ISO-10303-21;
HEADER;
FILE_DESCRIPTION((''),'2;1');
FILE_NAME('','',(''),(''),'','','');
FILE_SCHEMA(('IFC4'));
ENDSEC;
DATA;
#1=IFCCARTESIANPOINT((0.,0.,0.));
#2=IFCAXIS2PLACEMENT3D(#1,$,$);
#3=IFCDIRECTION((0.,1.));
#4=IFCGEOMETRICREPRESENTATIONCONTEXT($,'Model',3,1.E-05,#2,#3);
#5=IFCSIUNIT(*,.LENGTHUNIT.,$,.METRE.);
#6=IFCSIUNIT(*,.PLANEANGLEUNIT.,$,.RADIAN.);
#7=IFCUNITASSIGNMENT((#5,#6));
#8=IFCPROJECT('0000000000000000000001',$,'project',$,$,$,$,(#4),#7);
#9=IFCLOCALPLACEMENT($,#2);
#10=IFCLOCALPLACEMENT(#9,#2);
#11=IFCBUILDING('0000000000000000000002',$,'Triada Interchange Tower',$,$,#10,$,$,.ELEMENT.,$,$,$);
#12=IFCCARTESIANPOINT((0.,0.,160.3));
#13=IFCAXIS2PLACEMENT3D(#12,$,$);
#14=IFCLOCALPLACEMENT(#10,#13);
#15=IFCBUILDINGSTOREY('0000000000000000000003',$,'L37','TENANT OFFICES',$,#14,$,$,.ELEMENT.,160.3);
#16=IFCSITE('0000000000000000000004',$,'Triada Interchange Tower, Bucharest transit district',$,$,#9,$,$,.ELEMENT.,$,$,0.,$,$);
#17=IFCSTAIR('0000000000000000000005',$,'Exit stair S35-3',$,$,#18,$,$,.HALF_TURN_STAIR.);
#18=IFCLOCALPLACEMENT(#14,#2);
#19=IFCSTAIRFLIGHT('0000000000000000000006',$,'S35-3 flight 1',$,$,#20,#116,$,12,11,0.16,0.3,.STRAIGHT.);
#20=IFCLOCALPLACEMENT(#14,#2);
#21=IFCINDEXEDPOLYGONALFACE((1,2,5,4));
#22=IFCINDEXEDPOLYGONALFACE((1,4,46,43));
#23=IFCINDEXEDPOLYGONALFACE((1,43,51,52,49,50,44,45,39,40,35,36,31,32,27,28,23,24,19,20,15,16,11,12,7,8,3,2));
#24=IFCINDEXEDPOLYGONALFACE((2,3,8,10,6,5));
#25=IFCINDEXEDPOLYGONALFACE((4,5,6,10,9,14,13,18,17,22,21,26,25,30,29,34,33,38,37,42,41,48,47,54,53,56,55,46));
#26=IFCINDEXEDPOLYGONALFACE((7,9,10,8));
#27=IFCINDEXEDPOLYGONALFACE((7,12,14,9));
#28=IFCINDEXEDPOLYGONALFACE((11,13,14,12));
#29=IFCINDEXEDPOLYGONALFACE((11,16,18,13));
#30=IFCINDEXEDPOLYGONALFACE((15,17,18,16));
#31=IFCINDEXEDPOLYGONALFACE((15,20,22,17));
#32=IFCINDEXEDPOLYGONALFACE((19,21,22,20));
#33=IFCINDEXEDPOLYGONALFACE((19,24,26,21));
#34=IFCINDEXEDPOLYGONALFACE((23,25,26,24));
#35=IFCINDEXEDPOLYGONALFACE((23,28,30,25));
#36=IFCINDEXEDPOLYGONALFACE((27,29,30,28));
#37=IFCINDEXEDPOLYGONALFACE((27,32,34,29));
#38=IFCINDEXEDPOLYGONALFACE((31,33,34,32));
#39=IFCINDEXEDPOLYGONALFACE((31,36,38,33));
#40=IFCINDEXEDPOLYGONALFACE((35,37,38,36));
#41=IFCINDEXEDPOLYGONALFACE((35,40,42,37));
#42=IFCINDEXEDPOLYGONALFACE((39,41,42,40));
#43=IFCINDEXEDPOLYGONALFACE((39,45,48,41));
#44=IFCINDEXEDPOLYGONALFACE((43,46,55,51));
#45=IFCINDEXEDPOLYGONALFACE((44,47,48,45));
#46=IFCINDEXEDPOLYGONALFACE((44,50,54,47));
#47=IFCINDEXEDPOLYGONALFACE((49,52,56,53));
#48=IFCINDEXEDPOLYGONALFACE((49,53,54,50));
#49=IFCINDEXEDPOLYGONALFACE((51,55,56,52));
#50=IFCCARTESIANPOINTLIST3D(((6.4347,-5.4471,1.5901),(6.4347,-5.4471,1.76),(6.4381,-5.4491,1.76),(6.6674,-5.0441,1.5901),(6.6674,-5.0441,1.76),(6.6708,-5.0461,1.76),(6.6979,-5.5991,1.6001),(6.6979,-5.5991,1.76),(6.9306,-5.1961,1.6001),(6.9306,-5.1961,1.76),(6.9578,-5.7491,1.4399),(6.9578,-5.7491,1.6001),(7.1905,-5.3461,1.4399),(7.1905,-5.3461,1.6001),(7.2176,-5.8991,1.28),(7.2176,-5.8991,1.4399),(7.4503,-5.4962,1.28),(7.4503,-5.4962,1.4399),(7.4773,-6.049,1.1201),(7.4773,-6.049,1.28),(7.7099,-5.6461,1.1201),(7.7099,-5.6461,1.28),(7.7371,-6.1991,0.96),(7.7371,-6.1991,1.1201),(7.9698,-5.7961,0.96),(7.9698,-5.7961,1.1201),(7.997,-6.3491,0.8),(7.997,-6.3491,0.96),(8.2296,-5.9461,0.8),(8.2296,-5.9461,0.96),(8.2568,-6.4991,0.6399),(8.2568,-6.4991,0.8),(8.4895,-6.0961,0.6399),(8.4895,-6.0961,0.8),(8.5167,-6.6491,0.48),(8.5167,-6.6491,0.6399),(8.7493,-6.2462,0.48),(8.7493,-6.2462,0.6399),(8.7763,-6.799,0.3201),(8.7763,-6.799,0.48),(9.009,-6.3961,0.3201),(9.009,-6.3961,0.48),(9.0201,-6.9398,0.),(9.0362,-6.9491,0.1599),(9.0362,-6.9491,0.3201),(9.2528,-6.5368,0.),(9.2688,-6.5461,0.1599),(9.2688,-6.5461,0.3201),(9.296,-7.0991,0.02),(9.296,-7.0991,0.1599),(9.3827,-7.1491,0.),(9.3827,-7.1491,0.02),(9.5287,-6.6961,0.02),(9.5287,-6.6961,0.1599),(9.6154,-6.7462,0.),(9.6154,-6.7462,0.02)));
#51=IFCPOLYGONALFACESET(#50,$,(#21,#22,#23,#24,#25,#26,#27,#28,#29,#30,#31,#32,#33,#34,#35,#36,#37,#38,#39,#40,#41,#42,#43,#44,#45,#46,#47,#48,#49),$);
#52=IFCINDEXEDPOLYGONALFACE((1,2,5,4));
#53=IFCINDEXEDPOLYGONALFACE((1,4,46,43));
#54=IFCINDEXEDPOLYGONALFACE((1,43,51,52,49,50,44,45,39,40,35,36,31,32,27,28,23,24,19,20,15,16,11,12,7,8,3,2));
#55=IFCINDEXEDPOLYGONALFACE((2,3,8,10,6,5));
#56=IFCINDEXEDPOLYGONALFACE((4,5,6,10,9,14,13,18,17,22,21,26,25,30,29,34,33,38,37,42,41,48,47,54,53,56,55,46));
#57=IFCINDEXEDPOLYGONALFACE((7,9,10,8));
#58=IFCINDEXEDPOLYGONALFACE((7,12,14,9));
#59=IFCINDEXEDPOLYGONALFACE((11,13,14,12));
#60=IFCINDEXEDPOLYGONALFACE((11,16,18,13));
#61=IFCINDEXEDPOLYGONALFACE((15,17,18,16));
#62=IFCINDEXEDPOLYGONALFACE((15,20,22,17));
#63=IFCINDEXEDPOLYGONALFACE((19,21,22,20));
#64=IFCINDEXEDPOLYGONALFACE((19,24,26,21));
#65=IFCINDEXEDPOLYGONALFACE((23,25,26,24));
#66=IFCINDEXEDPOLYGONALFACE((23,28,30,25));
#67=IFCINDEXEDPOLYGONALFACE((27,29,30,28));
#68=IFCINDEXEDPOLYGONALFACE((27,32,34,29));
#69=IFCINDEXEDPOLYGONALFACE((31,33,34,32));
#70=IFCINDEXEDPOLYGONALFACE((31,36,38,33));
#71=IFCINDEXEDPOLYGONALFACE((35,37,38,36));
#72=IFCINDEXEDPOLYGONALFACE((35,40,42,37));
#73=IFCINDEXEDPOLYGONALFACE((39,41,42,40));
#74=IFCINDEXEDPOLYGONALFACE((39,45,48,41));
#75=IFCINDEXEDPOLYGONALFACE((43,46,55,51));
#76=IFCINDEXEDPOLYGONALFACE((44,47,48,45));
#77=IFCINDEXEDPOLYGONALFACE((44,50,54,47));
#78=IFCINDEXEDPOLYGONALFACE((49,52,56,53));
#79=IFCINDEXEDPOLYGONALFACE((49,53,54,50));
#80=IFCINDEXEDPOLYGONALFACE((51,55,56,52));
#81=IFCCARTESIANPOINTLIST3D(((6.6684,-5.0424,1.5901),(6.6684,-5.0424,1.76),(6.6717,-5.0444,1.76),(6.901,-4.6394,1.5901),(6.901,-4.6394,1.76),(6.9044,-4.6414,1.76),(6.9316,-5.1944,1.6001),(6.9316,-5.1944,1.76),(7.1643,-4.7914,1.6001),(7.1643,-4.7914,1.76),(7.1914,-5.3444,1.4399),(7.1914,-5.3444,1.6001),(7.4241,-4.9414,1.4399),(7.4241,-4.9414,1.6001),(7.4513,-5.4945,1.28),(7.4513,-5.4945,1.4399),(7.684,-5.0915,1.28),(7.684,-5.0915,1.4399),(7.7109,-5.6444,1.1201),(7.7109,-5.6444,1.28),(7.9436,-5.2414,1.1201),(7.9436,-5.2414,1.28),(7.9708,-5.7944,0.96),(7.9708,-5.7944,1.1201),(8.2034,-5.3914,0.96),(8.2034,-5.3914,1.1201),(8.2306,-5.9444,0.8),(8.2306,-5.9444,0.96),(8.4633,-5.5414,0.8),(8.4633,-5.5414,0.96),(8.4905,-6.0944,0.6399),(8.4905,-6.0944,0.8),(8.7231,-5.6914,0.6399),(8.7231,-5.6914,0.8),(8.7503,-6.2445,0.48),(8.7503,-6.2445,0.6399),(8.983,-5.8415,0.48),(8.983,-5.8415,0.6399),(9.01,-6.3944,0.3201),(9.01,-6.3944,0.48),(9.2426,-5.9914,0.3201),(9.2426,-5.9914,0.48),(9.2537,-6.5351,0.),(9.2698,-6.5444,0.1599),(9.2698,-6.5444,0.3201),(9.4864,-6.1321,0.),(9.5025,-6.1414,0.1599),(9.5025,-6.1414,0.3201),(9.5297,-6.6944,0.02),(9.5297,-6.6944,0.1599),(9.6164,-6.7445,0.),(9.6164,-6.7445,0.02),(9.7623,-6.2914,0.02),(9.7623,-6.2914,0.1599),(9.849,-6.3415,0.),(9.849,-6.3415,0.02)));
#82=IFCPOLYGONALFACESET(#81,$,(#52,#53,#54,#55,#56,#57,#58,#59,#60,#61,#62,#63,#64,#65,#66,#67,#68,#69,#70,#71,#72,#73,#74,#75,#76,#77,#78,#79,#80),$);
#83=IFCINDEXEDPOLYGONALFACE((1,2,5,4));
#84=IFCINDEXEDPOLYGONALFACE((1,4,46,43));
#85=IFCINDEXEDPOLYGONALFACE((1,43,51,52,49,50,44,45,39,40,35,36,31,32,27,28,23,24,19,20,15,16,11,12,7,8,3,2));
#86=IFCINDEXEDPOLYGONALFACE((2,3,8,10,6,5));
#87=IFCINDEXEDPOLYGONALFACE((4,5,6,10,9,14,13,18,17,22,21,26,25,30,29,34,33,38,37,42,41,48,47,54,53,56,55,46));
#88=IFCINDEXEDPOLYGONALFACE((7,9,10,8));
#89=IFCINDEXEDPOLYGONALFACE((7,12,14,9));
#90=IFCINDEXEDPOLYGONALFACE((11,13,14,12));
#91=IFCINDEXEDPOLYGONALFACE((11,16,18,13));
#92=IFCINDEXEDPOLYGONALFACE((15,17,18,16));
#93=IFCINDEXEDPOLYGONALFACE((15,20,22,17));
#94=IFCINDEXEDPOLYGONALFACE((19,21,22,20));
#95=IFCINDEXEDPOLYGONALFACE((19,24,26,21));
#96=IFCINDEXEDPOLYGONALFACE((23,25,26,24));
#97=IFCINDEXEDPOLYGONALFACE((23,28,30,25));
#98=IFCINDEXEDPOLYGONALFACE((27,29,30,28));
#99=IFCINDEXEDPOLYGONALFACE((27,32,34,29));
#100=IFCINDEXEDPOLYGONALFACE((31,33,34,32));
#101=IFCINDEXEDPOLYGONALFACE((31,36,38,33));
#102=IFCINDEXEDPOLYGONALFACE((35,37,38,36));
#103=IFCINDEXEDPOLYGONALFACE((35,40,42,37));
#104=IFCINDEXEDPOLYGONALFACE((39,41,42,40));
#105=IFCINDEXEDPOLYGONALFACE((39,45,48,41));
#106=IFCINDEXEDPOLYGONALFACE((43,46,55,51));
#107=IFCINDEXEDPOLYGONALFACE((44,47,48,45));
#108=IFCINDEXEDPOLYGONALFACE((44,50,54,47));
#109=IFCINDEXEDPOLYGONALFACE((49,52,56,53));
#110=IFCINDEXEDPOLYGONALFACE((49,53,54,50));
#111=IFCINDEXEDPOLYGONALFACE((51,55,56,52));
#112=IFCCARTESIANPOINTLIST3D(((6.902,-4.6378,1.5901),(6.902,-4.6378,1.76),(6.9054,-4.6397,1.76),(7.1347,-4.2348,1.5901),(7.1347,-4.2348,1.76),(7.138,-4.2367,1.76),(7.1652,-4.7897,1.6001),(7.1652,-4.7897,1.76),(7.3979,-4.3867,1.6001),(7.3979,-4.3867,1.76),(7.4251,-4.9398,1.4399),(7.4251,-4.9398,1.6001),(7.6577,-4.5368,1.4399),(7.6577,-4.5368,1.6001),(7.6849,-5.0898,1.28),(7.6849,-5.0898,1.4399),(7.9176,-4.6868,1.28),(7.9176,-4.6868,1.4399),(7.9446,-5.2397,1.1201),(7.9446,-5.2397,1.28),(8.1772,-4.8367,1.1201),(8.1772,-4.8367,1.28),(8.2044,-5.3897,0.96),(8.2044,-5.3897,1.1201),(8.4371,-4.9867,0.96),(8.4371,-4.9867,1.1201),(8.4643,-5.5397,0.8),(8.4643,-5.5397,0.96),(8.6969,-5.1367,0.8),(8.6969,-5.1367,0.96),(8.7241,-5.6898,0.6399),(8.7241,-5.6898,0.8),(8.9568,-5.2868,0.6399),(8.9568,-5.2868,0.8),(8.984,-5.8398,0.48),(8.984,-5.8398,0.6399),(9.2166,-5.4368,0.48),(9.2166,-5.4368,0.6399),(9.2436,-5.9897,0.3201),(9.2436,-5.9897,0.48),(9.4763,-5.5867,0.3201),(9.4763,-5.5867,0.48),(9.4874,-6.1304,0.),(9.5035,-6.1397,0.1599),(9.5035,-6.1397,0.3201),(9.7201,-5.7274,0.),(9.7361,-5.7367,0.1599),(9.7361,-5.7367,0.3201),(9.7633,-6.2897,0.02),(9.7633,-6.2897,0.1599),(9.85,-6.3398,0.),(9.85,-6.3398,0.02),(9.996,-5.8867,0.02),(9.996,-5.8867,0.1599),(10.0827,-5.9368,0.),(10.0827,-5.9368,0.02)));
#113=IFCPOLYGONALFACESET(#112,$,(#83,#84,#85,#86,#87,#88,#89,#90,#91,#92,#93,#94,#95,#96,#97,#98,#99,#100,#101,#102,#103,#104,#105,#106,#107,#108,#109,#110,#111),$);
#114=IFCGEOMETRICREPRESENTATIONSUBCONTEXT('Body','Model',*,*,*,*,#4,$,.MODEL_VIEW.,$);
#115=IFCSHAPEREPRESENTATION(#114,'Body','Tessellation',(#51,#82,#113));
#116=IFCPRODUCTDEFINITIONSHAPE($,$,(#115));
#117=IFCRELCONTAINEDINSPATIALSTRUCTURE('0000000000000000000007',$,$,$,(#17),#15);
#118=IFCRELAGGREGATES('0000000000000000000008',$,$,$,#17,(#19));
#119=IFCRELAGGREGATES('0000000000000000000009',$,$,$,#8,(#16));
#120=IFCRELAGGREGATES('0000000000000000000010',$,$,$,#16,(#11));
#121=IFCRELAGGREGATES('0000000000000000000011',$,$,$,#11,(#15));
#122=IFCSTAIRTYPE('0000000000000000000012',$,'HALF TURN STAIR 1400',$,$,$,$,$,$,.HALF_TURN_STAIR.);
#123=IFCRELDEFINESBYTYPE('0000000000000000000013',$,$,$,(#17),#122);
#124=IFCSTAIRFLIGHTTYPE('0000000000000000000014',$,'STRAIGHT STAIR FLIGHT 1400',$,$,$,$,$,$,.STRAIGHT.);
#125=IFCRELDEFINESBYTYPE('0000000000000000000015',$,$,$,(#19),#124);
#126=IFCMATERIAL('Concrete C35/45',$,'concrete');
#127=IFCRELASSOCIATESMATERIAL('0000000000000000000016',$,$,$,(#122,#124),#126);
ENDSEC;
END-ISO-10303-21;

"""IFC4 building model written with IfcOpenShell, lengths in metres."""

from ifc_helpers import new_model, si_unit, direction, frame, origin, place, context, subcontext, project, spatial, polyline, outline, extrude, material, type_object, element, aggregate, save


model = new_model("IFC4")

# Units and contexts
model_context = context("Model", 3, precision=1e-05, world=origin(), true_north=direction((0.0, 1.0)))
body_context = subcontext(model_context, "Body", "Model", "MODEL_VIEW")
ifc_project = project(units=[si_unit("LENGTHUNIT", "METRE"), si_unit("PLANEANGLEUNIT", "RADIAN")], contexts=[model_context])

# Site, building, storey
site_placement = place(None, origin())
site = spatial("IfcSite", under=ifc_project, at=site_placement, Name="Triada Interchange Tower, Bucharest transit district", CompositionType="ELEMENT", RefElevation=0.0)
building_placement = place(site_placement, origin())
building = spatial("IfcBuilding", under=site, at=building_placement, Name="Triada Interchange Tower", CompositionType="ELEMENT")
storey_placement = place(building_placement, frame((0.0, 0.0, 160.3)))
storey = spatial("IfcBuildingStorey", under=building, at=storey_placement, Name="L37", Description="TENANT OFFICES", CompositionType="ELEMENT", Elevation=160.3)

# Stair, stair flight
ifc_material_1 = material(Name="Concrete C35/45", Category="concrete")
stair_type = type_object("IfcStairType", Name="HALF TURN STAIR 1400", PredefinedType="HALF_TURN_STAIR", material=ifc_material_1)
stair_placement = place(storey_placement, origin())
stair = element("IfcStair", 1, at=stair_placement, inside=storey, type_object=stair_type, Name="Exit stair S35-3", PredefinedType="HALF_TURN_STAIR")
stair_flight_type = type_object("IfcStairFlightType", Name="STRAIGHT STAIR FLIGHT 1400", PredefinedType="STRAIGHT", material=ifc_material_1)
stair_flight_1_placement = place(storey_placement, frame((9.646, -6.4929, 0.0), z_axis=(0.0, 0.0, 1.0), x_axis=(-0.866025, 0.5, 0.0)))
stair_flight_1 = element("IfcStairFlight", 2, at=stair_flight_1_placement, type_object=stair_flight_type, Name="S35-3 flight 1", NumberOfRisers=12, NumberOfTreads=11, PredefinedType="STRAIGHT", RiserHeight=0.16, TreadLength=0.3, context=body_context, shape_type="SweptSolid", body=[
    extrude(outline(polyline([(-0.1001, 0.0), (-0.1001, 0.02), (0.0, 0.02), (0.0, 0.1599), (0.3, 0.1599), (0.3, 0.3201), (0.6001, 0.3201), (0.6001, 0.48), (0.8999, 0.48), (0.8999, 0.6399), (1.2, 0.6399), (1.2, 0.8), (1.5, 0.8), (1.5, 0.96), (1.8, 0.96), (1.8, 1.1201), (2.1001, 1.1201), (2.1001, 1.28), (2.3999, 1.28), (2.3999, 1.4399), (2.7, 1.4399), (2.7, 1.6001), (3.0, 1.6001), (3.0, 1.76), (3.3, 1.76), (3.304, 1.76), (3.304, 1.9199), (3.304, 1.5901), (0.3186, 0.0), (-0.1001, 0.0)])), frame((0.0, 0.7, 0.0), z_axis=(0.0, -1.0, 0.0), x_axis=(1.0, 0.0, 0.0)), (0.0, 0.0, 1.0), 0.4653),
    extrude(outline(polyline([(-0.1001, 0.0), (-0.1001, 0.02), (0.0, 0.02), (0.0, 0.1599), (0.3, 0.1599), (0.3, 0.3201), (0.6001, 0.3201), (0.6001, 0.48), (0.8999, 0.48), (0.8999, 0.6399), (1.2, 0.6399), (1.2, 0.8), (1.5, 0.8), (1.5, 0.96), (1.8, 0.96), (1.8, 1.1201), (2.1001, 1.1201), (2.1001, 1.28), (2.3999, 1.28), (2.3999, 1.4399), (2.7, 1.4399), (2.7, 1.6001), (3.0, 1.6001), (3.0, 1.76), (3.3, 1.76), (3.304, 1.76), (3.304, 1.9199), (3.304, 1.5901), (0.3186, 0.0), (-0.1001, 0.0)])), frame((0.0, 0.2327, 0.0), z_axis=(0.0, -1.0, 0.0), x_axis=(1.0, 0.0, 0.0)), (0.0, 0.0, 1.0), 0.4653),
    extrude(outline(polyline([(-0.1001, 0.0), (-0.1001, 0.02), (0.0, 0.02), (0.0, 0.1599), (0.3, 0.1599), (0.3, 0.3201), (0.6001, 0.3201), (0.6001, 0.48), (0.8999, 0.48), (0.8999, 0.6399), (1.2, 0.6399), (1.2, 0.8), (1.5, 0.8), (1.5, 0.96), (1.8, 0.96), (1.8, 1.1201), (2.1001, 1.1201), (2.1001, 1.28), (2.3999, 1.28), (2.3999, 1.4399), (2.7, 1.4399), (2.7, 1.6001), (3.0, 1.6001), (3.0, 1.76), (3.3, 1.76), (3.304, 1.76), (3.304, 1.9199), (3.304, 1.5901), (0.3186, 0.0), (-0.1001, 0.0)])), frame((0.0, -0.2346, 0.0), z_axis=(0.0, -1.0, 0.0), x_axis=(1.0, 0.0, 0.0)), (0.0, 0.0, 1.0), 0.4653),
])
aggregate(stair, [stair_flight_1])

save(model, "model.ifc")
